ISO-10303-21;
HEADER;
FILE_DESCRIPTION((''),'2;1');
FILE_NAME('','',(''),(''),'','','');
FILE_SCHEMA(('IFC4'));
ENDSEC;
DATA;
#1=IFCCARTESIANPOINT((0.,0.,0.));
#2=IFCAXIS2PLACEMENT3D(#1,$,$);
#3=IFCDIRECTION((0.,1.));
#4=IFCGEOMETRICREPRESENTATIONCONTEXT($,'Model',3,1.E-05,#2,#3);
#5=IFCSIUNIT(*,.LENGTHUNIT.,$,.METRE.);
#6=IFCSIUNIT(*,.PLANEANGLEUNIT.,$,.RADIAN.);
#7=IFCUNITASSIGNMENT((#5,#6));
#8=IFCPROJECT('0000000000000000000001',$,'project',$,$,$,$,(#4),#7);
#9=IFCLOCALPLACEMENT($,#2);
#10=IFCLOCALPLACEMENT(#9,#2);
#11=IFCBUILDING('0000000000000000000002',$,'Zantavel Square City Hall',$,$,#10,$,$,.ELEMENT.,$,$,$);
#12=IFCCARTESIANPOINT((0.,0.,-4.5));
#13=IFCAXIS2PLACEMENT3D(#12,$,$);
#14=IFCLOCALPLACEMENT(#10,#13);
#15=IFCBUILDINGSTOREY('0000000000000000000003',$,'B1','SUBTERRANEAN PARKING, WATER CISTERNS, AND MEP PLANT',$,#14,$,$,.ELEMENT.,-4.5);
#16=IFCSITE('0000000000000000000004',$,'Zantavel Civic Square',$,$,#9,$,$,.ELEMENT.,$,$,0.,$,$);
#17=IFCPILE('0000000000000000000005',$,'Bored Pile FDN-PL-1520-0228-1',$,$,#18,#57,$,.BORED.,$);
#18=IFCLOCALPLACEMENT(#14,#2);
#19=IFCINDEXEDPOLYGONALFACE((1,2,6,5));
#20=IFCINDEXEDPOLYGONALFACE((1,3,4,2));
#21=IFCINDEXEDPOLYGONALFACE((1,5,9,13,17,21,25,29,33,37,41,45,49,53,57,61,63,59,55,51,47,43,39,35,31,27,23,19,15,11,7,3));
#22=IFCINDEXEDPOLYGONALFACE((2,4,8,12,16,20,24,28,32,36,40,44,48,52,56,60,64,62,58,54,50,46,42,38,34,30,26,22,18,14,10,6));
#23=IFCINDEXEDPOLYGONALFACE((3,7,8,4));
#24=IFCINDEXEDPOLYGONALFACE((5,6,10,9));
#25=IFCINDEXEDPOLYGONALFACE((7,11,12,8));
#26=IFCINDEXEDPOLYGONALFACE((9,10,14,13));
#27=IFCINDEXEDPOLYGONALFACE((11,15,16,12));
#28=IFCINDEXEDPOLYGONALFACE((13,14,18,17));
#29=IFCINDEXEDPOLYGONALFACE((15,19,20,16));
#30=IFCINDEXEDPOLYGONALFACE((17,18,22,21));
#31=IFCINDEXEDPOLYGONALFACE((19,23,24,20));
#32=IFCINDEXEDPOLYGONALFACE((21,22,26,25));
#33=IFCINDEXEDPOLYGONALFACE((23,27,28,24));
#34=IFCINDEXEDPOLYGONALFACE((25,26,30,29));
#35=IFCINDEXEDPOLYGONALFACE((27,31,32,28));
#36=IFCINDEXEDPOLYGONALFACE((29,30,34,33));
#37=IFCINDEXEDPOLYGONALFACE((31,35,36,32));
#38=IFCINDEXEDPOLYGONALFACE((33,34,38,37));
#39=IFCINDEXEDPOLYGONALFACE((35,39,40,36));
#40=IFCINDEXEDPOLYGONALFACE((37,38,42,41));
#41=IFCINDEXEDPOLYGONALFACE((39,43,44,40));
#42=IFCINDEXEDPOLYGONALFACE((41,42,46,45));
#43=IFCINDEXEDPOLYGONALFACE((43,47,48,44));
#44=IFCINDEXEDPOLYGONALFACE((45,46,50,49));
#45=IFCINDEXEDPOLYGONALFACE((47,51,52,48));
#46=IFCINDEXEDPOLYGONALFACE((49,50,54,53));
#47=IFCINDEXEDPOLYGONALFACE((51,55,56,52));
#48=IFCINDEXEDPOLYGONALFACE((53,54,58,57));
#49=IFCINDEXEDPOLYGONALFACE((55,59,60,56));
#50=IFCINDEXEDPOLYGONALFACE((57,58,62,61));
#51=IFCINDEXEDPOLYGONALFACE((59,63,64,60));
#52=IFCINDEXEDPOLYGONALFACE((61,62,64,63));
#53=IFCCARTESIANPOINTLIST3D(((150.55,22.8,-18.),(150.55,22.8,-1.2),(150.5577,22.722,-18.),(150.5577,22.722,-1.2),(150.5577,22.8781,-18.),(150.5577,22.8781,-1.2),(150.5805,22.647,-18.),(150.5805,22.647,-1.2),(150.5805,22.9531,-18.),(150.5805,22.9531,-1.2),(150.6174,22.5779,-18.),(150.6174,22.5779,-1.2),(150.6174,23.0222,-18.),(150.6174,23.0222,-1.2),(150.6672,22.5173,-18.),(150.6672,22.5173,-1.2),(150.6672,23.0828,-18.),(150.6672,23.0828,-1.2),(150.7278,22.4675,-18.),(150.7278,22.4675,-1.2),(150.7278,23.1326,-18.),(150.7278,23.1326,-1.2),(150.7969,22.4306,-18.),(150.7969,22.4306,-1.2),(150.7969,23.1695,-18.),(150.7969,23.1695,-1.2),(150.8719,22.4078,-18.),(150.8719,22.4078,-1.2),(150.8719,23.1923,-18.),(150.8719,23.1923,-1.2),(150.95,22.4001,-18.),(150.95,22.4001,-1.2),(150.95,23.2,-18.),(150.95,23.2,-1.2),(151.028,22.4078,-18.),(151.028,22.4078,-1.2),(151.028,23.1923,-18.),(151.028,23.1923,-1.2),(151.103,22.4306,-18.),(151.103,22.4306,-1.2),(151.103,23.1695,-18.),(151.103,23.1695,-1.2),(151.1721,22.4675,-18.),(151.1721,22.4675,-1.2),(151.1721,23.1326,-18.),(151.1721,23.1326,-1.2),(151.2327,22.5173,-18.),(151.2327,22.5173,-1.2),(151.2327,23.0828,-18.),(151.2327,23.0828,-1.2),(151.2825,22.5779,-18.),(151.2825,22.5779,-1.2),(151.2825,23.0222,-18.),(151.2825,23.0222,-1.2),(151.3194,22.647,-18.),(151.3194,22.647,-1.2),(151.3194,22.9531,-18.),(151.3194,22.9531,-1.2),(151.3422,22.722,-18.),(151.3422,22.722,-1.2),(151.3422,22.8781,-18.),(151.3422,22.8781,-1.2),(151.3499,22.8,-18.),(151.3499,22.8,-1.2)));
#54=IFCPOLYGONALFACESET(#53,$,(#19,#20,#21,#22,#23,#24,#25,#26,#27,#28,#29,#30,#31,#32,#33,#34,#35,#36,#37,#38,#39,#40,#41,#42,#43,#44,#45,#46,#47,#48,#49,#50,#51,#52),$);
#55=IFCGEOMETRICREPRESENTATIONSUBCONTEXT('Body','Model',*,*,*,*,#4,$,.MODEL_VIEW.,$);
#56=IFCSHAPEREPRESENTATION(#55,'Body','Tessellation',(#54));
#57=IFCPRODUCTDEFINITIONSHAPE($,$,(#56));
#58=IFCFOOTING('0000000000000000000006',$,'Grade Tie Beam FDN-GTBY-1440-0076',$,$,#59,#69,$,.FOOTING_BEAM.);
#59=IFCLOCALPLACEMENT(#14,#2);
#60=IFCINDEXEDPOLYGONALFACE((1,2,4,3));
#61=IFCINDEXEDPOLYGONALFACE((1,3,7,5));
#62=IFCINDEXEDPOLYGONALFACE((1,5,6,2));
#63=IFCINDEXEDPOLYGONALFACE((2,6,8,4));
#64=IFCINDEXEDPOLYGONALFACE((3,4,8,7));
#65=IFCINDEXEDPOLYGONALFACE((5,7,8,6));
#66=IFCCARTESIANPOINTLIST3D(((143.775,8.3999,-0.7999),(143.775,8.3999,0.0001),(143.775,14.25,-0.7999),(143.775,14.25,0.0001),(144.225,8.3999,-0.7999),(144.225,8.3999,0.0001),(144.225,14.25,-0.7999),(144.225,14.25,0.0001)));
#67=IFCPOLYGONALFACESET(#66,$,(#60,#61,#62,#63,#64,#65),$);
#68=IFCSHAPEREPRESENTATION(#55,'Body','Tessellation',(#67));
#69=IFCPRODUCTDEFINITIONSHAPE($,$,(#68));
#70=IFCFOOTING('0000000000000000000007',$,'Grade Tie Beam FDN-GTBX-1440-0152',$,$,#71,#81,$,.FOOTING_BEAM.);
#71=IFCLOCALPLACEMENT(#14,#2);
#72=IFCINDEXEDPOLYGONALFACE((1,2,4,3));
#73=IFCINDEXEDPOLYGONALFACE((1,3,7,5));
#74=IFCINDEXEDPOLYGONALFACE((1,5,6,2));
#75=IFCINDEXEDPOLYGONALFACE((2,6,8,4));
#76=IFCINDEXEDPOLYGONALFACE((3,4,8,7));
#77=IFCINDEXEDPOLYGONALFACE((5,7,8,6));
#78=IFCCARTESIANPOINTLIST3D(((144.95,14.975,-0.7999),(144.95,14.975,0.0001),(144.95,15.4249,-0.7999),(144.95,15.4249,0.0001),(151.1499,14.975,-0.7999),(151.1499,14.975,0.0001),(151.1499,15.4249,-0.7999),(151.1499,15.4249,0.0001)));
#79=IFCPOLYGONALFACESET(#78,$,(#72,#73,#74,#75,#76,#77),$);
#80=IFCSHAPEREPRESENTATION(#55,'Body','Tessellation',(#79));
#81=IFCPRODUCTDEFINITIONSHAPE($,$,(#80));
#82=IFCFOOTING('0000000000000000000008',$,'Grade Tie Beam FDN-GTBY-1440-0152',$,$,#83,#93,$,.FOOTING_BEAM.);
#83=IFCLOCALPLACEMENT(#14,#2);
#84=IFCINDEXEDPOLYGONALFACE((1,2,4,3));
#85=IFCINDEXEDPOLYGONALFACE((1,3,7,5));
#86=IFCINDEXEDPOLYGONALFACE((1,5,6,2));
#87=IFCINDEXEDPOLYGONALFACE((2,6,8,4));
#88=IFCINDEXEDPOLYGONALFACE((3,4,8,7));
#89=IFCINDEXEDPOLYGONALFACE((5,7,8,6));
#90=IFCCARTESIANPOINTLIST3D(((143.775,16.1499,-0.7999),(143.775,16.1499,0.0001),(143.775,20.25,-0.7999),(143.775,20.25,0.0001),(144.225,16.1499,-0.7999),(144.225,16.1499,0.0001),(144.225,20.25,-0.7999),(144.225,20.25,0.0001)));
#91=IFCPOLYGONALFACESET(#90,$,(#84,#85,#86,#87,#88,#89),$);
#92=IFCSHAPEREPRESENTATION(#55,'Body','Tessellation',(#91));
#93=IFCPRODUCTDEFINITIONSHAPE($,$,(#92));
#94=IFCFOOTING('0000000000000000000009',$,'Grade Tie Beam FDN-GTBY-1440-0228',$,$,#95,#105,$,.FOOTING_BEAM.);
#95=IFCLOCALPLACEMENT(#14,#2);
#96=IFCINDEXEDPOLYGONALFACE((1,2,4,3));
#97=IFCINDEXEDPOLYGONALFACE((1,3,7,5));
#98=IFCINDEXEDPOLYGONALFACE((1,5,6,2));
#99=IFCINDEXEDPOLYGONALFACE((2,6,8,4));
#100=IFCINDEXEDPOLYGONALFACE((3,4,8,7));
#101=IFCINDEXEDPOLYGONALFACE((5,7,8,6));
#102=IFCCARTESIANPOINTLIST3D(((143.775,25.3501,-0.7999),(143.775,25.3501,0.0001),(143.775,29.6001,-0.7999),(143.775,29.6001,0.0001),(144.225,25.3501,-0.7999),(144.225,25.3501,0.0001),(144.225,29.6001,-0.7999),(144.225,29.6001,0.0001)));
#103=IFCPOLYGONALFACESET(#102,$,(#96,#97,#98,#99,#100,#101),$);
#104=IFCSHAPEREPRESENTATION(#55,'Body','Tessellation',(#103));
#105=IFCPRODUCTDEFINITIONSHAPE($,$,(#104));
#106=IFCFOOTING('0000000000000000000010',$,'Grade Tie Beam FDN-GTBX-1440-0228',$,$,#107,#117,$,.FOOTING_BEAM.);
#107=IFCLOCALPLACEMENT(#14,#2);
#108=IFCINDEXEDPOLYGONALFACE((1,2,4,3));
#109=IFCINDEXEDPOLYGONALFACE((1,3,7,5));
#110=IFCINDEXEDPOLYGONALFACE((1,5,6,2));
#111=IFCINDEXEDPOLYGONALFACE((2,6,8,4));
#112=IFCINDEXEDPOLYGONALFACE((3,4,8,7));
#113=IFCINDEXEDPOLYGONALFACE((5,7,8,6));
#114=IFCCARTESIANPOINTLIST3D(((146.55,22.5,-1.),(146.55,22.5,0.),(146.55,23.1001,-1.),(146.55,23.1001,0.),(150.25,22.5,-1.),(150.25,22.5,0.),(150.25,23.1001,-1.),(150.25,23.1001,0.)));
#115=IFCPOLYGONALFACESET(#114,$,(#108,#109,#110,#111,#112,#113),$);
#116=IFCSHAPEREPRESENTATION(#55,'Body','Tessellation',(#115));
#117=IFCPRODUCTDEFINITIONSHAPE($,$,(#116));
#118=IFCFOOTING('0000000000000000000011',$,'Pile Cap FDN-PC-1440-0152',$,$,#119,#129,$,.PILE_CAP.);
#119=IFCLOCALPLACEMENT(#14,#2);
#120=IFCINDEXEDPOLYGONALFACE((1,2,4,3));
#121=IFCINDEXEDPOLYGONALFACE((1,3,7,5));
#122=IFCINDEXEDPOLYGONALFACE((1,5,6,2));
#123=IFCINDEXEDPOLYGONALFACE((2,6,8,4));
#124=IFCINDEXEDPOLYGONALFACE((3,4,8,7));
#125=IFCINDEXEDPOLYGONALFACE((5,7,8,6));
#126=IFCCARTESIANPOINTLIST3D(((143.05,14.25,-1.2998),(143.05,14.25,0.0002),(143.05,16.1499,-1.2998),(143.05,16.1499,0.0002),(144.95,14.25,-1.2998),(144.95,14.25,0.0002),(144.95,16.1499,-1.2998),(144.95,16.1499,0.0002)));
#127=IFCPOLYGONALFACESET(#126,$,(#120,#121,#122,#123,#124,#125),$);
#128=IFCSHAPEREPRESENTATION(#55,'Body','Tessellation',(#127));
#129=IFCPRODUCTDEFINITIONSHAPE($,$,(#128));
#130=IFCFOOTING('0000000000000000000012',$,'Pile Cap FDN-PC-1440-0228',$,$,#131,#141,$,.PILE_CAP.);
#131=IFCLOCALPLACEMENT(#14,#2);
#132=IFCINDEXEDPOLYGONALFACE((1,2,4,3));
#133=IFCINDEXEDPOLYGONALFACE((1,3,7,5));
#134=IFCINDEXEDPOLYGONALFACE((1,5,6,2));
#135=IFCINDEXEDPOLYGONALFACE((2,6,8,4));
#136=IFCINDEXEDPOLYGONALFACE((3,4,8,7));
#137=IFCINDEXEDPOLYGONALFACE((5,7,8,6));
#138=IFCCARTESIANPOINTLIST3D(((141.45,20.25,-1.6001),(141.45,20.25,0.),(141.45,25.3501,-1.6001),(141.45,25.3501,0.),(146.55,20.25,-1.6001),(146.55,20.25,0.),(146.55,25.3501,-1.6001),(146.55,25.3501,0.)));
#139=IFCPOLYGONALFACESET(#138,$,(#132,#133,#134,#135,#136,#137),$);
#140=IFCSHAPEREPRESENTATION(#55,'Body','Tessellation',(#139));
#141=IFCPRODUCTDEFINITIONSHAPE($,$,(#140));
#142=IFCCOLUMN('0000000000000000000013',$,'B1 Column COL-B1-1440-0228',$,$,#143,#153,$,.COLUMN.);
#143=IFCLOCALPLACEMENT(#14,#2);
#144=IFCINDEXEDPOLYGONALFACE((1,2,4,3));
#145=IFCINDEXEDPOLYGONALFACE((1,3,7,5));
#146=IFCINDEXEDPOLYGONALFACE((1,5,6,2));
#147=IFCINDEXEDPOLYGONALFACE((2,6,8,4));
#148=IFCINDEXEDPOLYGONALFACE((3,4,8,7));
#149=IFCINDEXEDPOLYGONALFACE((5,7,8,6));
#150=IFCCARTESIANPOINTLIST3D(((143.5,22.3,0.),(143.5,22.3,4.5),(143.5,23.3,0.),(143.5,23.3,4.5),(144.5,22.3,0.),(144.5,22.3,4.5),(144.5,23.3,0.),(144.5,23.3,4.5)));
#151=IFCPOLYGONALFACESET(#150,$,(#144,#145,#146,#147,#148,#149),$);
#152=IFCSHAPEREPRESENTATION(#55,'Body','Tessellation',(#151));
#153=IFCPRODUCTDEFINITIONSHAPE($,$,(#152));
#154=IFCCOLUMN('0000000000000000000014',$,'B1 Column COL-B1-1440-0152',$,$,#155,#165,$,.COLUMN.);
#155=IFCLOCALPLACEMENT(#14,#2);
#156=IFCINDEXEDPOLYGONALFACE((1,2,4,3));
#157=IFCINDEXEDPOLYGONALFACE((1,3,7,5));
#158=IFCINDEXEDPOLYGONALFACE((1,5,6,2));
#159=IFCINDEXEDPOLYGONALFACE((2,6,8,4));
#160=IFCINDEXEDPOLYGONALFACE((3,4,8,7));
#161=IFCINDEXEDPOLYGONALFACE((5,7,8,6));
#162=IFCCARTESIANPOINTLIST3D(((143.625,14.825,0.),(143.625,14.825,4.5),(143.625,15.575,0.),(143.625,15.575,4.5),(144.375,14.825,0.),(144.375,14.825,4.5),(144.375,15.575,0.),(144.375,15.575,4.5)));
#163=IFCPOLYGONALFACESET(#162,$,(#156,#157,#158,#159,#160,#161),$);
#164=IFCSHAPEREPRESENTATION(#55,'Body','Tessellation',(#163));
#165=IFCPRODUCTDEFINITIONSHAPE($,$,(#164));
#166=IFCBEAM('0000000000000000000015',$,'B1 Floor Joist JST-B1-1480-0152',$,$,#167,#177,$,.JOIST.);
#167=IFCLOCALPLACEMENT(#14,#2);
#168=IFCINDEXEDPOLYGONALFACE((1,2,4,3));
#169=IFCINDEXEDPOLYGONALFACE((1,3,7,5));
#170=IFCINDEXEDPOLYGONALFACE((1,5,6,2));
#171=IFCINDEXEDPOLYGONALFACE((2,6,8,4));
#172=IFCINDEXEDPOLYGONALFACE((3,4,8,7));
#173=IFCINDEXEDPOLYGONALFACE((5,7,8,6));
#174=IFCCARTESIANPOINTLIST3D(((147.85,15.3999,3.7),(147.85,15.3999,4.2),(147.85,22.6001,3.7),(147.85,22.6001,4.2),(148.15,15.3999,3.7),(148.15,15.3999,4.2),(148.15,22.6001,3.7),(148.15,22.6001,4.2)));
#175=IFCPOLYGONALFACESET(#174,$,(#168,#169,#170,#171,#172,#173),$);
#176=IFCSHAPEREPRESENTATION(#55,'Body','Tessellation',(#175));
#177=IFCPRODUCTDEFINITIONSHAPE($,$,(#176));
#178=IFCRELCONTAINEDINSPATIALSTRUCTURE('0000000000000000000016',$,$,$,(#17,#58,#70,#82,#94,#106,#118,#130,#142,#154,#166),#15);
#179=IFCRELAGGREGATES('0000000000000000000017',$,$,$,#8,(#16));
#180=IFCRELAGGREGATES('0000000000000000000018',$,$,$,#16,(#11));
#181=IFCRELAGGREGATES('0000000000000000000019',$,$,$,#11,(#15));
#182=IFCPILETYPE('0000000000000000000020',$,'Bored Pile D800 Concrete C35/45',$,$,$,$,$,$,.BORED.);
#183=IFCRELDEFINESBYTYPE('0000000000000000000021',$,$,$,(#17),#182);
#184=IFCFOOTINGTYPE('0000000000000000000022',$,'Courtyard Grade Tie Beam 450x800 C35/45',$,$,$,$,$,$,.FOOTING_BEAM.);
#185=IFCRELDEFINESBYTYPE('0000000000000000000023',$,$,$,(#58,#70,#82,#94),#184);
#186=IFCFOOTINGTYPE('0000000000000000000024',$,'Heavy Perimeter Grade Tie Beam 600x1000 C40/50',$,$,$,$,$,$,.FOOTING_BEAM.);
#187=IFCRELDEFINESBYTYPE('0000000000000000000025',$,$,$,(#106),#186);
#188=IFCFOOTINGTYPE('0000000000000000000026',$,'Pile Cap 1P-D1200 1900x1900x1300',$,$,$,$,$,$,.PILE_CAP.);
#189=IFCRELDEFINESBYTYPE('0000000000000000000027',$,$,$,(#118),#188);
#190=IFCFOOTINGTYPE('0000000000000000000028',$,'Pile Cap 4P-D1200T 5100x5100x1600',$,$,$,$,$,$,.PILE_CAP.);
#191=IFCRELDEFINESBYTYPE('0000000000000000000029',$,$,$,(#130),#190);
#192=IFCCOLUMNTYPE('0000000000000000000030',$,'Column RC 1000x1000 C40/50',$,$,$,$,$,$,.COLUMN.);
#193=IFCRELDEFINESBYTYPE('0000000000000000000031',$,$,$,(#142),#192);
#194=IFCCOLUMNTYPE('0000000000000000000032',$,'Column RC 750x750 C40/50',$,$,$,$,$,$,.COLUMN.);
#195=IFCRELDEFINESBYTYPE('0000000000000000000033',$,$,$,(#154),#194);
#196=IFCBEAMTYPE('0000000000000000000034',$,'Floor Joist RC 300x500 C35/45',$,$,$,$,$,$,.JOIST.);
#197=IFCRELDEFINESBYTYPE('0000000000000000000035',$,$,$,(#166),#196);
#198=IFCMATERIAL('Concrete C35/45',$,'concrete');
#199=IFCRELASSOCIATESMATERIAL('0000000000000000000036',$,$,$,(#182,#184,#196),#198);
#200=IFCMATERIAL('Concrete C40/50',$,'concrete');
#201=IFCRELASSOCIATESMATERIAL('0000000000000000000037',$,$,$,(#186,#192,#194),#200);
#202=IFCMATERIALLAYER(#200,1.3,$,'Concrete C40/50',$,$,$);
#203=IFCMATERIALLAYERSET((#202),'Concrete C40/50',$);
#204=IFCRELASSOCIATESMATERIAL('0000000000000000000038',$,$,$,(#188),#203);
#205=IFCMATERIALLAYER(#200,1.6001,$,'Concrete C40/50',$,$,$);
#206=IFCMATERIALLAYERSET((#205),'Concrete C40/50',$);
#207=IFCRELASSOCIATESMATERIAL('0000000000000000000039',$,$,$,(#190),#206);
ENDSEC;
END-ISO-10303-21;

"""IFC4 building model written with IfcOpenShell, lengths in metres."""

from ifc_helpers import new_model, si_unit, direction, frame, origin, origin_2d, place, context, subcontext, project, spatial, rectangle, circle, extrude, material, layer, layer_set, material_profile, profile_set, type_object, element, save


model = new_model("IFC4")

# Units and contexts
model_context = context("Model", 3, precision=1e-05, world=origin(), true_north=direction((0.0, 1.0)))
body_context = subcontext(model_context, "Body", "Model", "MODEL_VIEW")
ifc_project = project(units=[si_unit("LENGTHUNIT", "METRE"), si_unit("PLANEANGLEUNIT", "RADIAN")], contexts=[model_context])

# Site, building, storey
site_placement = place(None, origin())
site = spatial("IfcSite", under=ifc_project, at=site_placement, Name="Zantavel Civic Square", CompositionType="ELEMENT", RefElevation=0.0)
building_placement = place(site_placement, origin())
building = spatial("IfcBuilding", under=site, at=building_placement, Name="Zantavel Square City Hall", CompositionType="ELEMENT")
storey_placement = place(building_placement, frame((0.0, 0.0, -4.5)))
storey = spatial("IfcBuildingStorey", under=building, at=storey_placement, Name="B1", Description="SUBTERRANEAN PARKING, WATER CISTERNS, AND MEP PLANT", CompositionType="ELEMENT", Elevation=-4.5)

# Pile
ifc_material_1 = material(Name="Concrete C35/45", Category="concrete")
ifc_material_profile_1 = material_profile(ifc_material_1, circle(Radius=0.3999, at=origin_2d()), Name="PILE D800")
ifc_profile_set_1 = profile_set([ifc_material_profile_1], Name="Concrete C35/45")
pile_type_1 = type_object("IfcPileType", Name="Bored Pile D800 Concrete C35/45", PredefinedType="BORED", material=ifc_profile_set_1)
pile_1_placement = place(storey_placement, frame((150.95, 22.8, -1.2), z_axis=(0.0, 0.0, -1.0), x_axis=(1.0, 0.0, 0.0)))
element("IfcPile", 1, at=pile_1_placement, inside=storey, type_object=pile_type_1, Name="Bored Pile FDN-PL-1520-0228-1", PredefinedType="BORED", context=body_context, shape_type="SweptSolid", body=[
    extrude(circle(Radius=0.3999, at=origin_2d()), origin(), (0.0, 0.0, 1.0), 16.8),
])

# Footings
ifc_material_profile_2 = material_profile(ifc_material_1, rectangle(XDim=0.45, YDim=0.8, at=origin_2d()), Name="RC 450x800")
ifc_profile_set_2 = profile_set([ifc_material_profile_2], Name="Concrete C35/45")
footing_type_1 = type_object("IfcFootingType", Name="Courtyard Grade Tie Beam 450x800 C35/45", PredefinedType="FOOTING_BEAM", material=ifc_profile_set_2)
footing_1_placement = place(storey_placement, frame((144.0, 8.3999, -0.3999), z_axis=(0.0, 1.0, 0.0), x_axis=(-1.0, 0.0, 0.0)))
element("IfcFooting", 2, at=footing_1_placement, inside=storey, type_object=footing_type_1, Name="Grade Tie Beam FDN-GTBY-1440-0076", PredefinedType="FOOTING_BEAM", context=body_context, shape_type="SweptSolid", body=[
    extrude(rectangle(XDim=0.45, YDim=0.8, at=origin_2d()), origin(), (0.0, 0.0, 1.0), 5.8501),
])
footing_2_placement = place(storey_placement, frame((144.95, 15.2, -0.3999), z_axis=(1.0, 0.0, 0.0), x_axis=(0.0, 1.0, 0.0)))
element("IfcFooting", 3, at=footing_2_placement, inside=storey, type_object=footing_type_1, Name="Grade Tie Beam FDN-GTBX-1440-0152", PredefinedType="FOOTING_BEAM", context=body_context, shape_type="SweptSolid", body=[
    extrude(rectangle(XDim=0.45, YDim=0.8, at=origin_2d()), origin(), (0.0, 0.0, 1.0), 6.2),
])
footing_3_placement = place(storey_placement, frame((144.0, 16.1499, -0.3999), z_axis=(0.0, 1.0, 0.0), x_axis=(-1.0, 0.0, 0.0)))
element("IfcFooting", 4, at=footing_3_placement, inside=storey, type_object=footing_type_1, Name="Grade Tie Beam FDN-GTBY-1440-0152", PredefinedType="FOOTING_BEAM", context=body_context, shape_type="SweptSolid", body=[
    extrude(rectangle(XDim=0.45, YDim=0.8, at=origin_2d()), origin(), (0.0, 0.0, 1.0), 4.1001),
])
footing_4_placement = place(storey_placement, frame((144.0, 25.3501, -0.3999), z_axis=(0.0, 1.0, 0.0), x_axis=(-1.0, 0.0, 0.0)))
element("IfcFooting", 5, at=footing_4_placement, inside=storey, type_object=footing_type_1, Name="Grade Tie Beam FDN-GTBY-1440-0228", PredefinedType="FOOTING_BEAM", context=body_context, shape_type="SweptSolid", body=[
    extrude(rectangle(XDim=0.45, YDim=0.8, at=origin_2d()), origin(), (0.0, 0.0, 1.0), 4.25),
])
ifc_material_2 = material(Name="Concrete C40/50", Category="concrete")
ifc_material_profile_3 = material_profile(ifc_material_2, rectangle(XDim=0.6001, YDim=1.0, at=origin_2d()), Name="RC 600x1000")
ifc_profile_set_3 = profile_set([ifc_material_profile_3], Name="Concrete C40/50")
footing_type_2 = type_object("IfcFootingType", Name="Heavy Perimeter Grade Tie Beam 600x1000 C40/50", PredefinedType="FOOTING_BEAM", material=ifc_profile_set_3)
footing_5_placement = place(storey_placement, frame((146.55, 22.8, -0.5), z_axis=(1.0, 0.0, 0.0), x_axis=(0.0, 1.0, 0.0)))
element("IfcFooting", 6, at=footing_5_placement, inside=storey, type_object=footing_type_2, Name="Grade Tie Beam FDN-GTBX-1440-0228", PredefinedType="FOOTING_BEAM", context=body_context, shape_type="SweptSolid", body=[
    extrude(rectangle(XDim=0.6001, YDim=1.0, at=origin_2d()), origin(), (0.0, 0.0, 1.0), 3.7),
])
ifc_layer_1 = layer(ifc_material_2, 1.3, Name="Concrete C40/50")
ifc_layer_set_1 = layer_set([ifc_layer_1], Name="Concrete C40/50")
footing_type_3 = type_object("IfcFootingType", Name="Pile Cap 1P-D1200 1900x1900x1300", PredefinedType="PILE_CAP", material=ifc_layer_set_1)
footing_6_placement = place(storey_placement, frame((144.0, 15.2, -1.2998), z_axis=(0.0, 0.0, 1.0), x_axis=(1.0, 0.0, 0.0)))
element("IfcFooting", 7, at=footing_6_placement, inside=storey, type_object=footing_type_3, Name="Pile Cap FDN-PC-1440-0152", PredefinedType="PILE_CAP", context=body_context, shape_type="SweptSolid", body=[
    extrude(rectangle(XDim=1.8999, YDim=1.8999, at=origin_2d()), origin(), (0.0, 0.0, 1.0), 1.3),
])
ifc_layer_2 = layer(ifc_material_2, 1.6001, Name="Concrete C40/50")
ifc_layer_set_2 = layer_set([ifc_layer_2], Name="Concrete C40/50")
footing_type_4 = type_object("IfcFootingType", Name="Pile Cap 4P-D1200T 5100x5100x1600", PredefinedType="PILE_CAP", material=ifc_layer_set_2)
footing_7_placement = place(storey_placement, frame((144.0, 22.8, -1.6001), z_axis=(0.0, 0.0, 1.0), x_axis=(1.0, 0.0, 0.0)))
element("IfcFooting", 8, at=footing_7_placement, inside=storey, type_object=footing_type_4, Name="Pile Cap FDN-PC-1440-0228", PredefinedType="PILE_CAP", context=body_context, shape_type="SweptSolid", body=[
    extrude(rectangle(XDim=5.1001, YDim=5.1001, at=origin_2d()), origin(), (0.0, 0.0, 1.0), 1.6001),
])

# Columns
ifc_material_profile_4 = material_profile(ifc_material_2, rectangle(XDim=1.0, YDim=1.0, at=origin_2d()), Name="RC 1000x1000")
ifc_profile_set_4 = profile_set([ifc_material_profile_4], Name="Concrete C40/50")
column_type_1 = type_object("IfcColumnType", Name="Column RC 1000x1000 C40/50", PredefinedType="COLUMN", material=ifc_profile_set_4)
column_1_placement = place(storey_placement, frame((144.0, 22.8, 0.0), z_axis=(0.0, 0.0, 1.0), x_axis=(1.0, 0.0, 0.0)))
element("IfcColumn", 9, at=column_1_placement, inside=storey, type_object=column_type_1, Name="B1 Column COL-B1-1440-0228", PredefinedType="COLUMN", context=body_context, shape_type="SweptSolid", body=[
    extrude(rectangle(XDim=1.0, YDim=1.0, at=origin_2d()), origin(), (0.0, 0.0, 1.0), 4.5),
])
ifc_material_profile_5 = material_profile(ifc_material_2, rectangle(XDim=0.75, YDim=0.75, at=origin_2d()), Name="RC 750x750")
ifc_profile_set_5 = profile_set([ifc_material_profile_5], Name="Concrete C40/50")
column_type_2 = type_object("IfcColumnType", Name="Column RC 750x750 C40/50", PredefinedType="COLUMN", material=ifc_profile_set_5)
column_2_placement = place(storey_placement, frame((144.0, 15.2, 0.0), z_axis=(0.0, 0.0, 1.0), x_axis=(1.0, 0.0, 0.0)))
element("IfcColumn", 10, at=column_2_placement, inside=storey, type_object=column_type_2, Name="B1 Column COL-B1-1440-0152", PredefinedType="COLUMN", context=body_context, shape_type="SweptSolid", body=[
    extrude(rectangle(XDim=0.75, YDim=0.75, at=origin_2d()), origin(), (0.0, 0.0, 1.0), 4.5),
])

# Beam
ifc_material_profile_6 = material_profile(ifc_material_1, rectangle(XDim=0.3, YDim=0.5, at=origin_2d()), Name="RC 300x500")
ifc_profile_set_6 = profile_set([ifc_material_profile_6], Name="Concrete C35/45")
beam_type_1 = type_object("IfcBeamType", Name="Floor Joist RC 300x500 C35/45", PredefinedType="JOIST", material=ifc_profile_set_6)
beam_1_placement = place(storey_placement, frame((148.0, 15.3999, 3.95), z_axis=(0.0, 1.0, 0.0), x_axis=(-1.0, 0.0, 0.0)))
element("IfcBeam", 11, at=beam_1_placement, inside=storey, type_object=beam_type_1, Name="B1 Floor Joist JST-B1-1480-0152", PredefinedType="JOIST", context=body_context, shape_type="SweptSolid", body=[
    extrude(rectangle(XDim=0.3, YDim=0.5, at=origin_2d()), origin(), (0.0, 0.0, 1.0), 7.2002),
])

save(model, "model.ifc")
